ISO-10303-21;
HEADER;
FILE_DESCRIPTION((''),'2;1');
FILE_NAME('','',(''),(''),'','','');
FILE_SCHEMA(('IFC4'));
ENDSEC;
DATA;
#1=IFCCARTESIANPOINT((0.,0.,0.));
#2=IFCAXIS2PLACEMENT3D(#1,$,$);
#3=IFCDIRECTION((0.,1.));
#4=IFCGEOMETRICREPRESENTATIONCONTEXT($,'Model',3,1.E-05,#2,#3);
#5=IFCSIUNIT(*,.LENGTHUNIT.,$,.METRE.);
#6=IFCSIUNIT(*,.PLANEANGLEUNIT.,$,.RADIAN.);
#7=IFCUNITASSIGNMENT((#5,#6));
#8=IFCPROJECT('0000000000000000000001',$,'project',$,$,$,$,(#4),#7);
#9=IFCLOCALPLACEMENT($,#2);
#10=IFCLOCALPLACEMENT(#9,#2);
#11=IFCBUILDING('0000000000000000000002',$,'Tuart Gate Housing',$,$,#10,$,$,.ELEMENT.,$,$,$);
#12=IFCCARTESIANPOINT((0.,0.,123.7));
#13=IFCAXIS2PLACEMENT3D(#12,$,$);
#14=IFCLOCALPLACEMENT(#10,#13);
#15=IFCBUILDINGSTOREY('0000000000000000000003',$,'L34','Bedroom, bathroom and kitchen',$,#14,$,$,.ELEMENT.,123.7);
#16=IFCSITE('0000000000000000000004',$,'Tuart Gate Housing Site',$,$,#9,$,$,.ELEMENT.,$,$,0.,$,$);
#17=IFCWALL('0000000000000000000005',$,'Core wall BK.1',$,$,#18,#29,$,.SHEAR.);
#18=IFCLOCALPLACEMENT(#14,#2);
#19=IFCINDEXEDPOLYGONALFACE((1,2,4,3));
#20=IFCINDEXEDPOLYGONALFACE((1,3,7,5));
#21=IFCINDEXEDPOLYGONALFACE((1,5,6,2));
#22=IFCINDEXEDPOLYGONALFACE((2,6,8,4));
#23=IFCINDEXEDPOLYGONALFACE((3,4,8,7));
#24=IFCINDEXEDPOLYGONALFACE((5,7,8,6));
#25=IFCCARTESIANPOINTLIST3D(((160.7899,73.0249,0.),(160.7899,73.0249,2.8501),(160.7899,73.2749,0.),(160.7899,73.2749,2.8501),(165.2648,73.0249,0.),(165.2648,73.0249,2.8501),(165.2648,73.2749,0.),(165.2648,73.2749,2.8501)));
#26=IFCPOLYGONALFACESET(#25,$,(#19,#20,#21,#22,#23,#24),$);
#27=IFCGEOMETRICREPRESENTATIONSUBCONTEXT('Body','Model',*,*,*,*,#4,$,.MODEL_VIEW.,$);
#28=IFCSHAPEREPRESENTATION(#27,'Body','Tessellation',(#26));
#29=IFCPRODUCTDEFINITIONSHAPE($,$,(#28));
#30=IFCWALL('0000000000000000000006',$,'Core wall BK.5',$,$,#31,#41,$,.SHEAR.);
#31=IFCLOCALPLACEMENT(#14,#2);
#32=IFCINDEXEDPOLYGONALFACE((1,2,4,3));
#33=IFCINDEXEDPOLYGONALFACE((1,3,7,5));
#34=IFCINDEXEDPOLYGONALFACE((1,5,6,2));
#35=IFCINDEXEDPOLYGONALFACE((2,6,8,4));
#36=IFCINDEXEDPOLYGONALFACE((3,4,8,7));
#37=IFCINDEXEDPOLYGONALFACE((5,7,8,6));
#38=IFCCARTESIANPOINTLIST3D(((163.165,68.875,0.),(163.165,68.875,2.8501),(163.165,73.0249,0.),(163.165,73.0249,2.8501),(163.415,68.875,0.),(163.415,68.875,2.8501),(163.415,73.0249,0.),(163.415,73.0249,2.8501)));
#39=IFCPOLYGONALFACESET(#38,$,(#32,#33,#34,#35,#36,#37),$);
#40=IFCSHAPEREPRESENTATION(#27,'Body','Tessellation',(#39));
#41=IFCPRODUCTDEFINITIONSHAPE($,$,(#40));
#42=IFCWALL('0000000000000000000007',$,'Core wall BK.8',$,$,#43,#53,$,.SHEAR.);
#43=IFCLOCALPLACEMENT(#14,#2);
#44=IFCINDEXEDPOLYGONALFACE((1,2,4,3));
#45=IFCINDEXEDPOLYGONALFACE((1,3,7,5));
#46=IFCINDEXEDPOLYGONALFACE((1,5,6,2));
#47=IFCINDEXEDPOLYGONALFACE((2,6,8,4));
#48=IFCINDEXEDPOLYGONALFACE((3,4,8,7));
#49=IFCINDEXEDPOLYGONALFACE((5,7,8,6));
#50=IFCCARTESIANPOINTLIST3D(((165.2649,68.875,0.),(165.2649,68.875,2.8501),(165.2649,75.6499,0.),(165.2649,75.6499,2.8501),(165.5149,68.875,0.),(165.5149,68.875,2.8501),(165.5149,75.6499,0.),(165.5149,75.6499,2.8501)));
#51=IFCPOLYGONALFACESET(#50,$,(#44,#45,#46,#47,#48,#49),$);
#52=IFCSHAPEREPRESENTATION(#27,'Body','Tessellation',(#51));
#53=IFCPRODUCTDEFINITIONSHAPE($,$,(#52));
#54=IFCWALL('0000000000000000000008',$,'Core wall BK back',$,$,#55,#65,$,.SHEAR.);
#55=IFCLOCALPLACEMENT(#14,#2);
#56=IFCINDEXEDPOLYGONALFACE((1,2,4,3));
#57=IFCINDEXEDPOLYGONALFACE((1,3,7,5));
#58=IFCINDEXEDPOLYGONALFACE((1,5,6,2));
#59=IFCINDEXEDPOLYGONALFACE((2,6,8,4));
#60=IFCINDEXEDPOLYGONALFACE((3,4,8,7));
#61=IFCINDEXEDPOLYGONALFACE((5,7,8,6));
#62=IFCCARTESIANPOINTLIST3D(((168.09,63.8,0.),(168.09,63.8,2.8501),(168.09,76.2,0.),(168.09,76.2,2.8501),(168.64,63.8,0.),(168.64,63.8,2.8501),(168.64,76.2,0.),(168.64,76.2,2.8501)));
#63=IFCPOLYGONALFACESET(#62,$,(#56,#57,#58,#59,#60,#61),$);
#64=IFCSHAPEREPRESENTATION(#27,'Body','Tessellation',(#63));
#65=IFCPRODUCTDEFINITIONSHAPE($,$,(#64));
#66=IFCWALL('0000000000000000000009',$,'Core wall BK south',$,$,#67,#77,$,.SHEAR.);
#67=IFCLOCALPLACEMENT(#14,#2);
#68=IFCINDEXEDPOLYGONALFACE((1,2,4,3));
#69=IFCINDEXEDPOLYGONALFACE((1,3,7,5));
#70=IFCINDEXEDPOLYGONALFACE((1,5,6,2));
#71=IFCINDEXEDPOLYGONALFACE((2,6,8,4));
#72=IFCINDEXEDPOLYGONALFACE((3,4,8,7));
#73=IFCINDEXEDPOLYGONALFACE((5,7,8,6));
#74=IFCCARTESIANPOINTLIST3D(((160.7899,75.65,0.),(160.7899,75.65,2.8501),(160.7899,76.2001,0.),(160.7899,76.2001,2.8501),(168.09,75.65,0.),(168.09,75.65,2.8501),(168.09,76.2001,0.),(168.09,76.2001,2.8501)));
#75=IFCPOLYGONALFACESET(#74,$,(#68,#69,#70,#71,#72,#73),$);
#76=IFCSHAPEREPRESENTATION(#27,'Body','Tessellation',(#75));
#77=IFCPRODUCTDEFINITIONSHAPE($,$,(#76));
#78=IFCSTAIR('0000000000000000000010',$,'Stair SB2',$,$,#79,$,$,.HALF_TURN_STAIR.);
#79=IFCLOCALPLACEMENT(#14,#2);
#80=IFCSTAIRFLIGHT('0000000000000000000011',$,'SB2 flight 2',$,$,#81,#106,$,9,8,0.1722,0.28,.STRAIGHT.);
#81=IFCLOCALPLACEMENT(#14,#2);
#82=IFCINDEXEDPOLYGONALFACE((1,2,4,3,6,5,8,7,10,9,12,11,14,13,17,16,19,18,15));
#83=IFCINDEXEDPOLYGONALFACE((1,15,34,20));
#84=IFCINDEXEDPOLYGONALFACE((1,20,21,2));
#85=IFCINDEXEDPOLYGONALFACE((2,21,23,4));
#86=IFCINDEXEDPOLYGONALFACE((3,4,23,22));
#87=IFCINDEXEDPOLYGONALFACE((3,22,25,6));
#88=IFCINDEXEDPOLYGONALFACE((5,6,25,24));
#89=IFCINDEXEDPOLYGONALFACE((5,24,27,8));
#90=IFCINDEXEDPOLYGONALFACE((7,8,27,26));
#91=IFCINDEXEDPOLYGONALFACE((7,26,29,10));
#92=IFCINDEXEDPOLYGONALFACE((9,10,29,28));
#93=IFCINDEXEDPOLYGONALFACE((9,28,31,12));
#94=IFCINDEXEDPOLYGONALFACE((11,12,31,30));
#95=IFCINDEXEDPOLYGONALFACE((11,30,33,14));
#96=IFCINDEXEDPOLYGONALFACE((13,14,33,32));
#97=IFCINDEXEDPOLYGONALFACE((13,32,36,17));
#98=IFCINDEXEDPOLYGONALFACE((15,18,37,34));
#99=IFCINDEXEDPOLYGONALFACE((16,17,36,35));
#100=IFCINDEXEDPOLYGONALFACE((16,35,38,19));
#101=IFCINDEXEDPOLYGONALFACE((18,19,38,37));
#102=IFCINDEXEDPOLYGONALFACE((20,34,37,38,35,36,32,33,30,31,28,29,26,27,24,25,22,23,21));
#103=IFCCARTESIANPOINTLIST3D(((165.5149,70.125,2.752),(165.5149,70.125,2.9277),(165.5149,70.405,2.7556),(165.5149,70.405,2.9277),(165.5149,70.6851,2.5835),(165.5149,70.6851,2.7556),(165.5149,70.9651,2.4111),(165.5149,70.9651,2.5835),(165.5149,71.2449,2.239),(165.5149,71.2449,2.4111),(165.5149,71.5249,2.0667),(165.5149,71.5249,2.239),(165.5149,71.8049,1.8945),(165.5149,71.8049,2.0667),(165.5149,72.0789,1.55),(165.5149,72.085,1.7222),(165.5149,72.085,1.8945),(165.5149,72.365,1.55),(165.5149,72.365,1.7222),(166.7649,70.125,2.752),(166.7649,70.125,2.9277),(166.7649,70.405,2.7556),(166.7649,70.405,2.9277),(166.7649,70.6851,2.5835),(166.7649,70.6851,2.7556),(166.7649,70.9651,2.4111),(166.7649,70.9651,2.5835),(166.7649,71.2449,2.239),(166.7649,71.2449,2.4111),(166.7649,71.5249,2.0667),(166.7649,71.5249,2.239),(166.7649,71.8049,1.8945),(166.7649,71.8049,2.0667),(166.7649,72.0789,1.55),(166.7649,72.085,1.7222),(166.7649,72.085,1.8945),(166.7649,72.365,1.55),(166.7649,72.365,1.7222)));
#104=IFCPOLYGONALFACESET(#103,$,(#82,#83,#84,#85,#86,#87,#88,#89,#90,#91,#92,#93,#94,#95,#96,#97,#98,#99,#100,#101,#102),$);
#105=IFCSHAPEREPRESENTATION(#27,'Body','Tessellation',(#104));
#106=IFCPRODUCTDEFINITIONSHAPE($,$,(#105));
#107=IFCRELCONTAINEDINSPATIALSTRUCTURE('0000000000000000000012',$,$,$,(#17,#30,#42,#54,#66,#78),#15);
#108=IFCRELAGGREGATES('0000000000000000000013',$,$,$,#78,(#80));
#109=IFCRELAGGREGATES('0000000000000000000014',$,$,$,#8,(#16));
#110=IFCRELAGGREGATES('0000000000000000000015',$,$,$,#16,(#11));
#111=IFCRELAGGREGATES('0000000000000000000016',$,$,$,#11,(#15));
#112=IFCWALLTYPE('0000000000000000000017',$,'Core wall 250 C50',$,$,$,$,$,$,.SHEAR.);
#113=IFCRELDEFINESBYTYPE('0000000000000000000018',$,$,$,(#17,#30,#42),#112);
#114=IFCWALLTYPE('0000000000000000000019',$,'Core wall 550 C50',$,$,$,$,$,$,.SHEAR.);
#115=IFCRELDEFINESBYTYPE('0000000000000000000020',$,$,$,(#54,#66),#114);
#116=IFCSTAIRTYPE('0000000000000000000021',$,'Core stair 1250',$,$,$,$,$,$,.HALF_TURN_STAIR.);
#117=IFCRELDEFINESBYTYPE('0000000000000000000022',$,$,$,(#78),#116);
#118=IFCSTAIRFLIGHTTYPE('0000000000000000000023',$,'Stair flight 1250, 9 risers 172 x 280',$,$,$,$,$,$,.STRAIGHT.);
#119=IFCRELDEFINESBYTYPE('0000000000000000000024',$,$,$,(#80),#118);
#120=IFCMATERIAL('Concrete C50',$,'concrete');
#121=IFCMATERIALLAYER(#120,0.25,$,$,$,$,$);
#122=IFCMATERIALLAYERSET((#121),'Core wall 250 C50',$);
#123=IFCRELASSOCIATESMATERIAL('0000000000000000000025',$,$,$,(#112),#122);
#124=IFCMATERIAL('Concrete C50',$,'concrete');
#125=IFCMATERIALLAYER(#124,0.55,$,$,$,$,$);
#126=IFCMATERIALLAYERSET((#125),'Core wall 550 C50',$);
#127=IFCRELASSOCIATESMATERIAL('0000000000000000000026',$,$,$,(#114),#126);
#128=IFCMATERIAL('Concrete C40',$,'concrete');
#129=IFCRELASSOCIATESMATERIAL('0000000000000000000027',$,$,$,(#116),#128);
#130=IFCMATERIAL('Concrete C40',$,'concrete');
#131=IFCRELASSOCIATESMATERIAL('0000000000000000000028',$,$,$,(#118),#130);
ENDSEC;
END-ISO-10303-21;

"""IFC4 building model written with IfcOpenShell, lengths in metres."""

from ifc_helpers import new_model, si_unit, direction, frame, frame_2d, origin, place, context, subcontext, project, spatial, polyline, rectangle, outline, extrude, material, layer, layer_set, type_object, element, aggregate, save


model = new_model("IFC4")

# Units and contexts
model_context = context("Model", 3, precision=1e-05, world=origin(), true_north=direction((0.0, 1.0)))
body_context = subcontext(model_context, "Body", "Model", "MODEL_VIEW")
ifc_project = project(units=[si_unit("LENGTHUNIT", "METRE"), si_unit("PLANEANGLEUNIT", "RADIAN")], contexts=[model_context])

# Site, building, storey
site_placement = place(None, origin())
site = spatial("IfcSite", under=ifc_project, at=site_placement, Name="Tuart Gate Housing Site", CompositionType="ELEMENT", RefElevation=0.0)
building_placement = place(site_placement, origin())
building = spatial("IfcBuilding", under=site, at=building_placement, Name="Tuart Gate Housing", CompositionType="ELEMENT")
storey_placement = place(building_placement, frame((0.0, 0.0, 123.7)))
storey = spatial("IfcBuildingStorey", under=building, at=storey_placement, Name="L34", Description="Bedroom, bathroom and kitchen", CompositionType="ELEMENT", Elevation=123.7)

# Walls
ifc_material_1 = material(Name="Concrete C50", Category="concrete")
ifc_layer_1 = layer(ifc_material_1, 0.25)
ifc_layer_set_1 = layer_set([ifc_layer_1], Name="Core wall 250 C50")
wall_type_1 = type_object("IfcWallType", Name="Core wall 250 C50", PredefinedType="SHEAR", material=ifc_layer_set_1)
wall_1_placement = place(storey_placement, frame((160.79, 73.1499, 0.0), z_axis=(0.0, 0.0, 1.0), x_axis=(1.0, 0.0, 0.0)))
element("IfcWall", 1, at=wall_1_placement, inside=storey, type_object=wall_type_1, Name="Core wall BK.1", PredefinedType="SHEAR", context=body_context, shape_type="SweptSolid", body=[
    extrude(rectangle(XDim=4.4749, YDim=0.25, at=frame_2d((2.2373, 0.0))), origin(), (0.0, 0.0, 1.0), 2.8501),
])
wall_2_placement = place(storey_placement, frame((163.29, 73.0249, 0.0), z_axis=(0.0, 0.0, 1.0), x_axis=(0.0, -1.0, 0.0)))
element("IfcWall", 2, at=wall_2_placement, inside=storey, type_object=wall_type_1, Name="Core wall BK.5", PredefinedType="SHEAR", context=body_context, shape_type="SweptSolid", body=[
    extrude(rectangle(XDim=4.1499, YDim=0.25, at=frame_2d((2.075, 0.0))), origin(), (0.0, 0.0, 1.0), 2.8501),
])
wall_3_placement = place(storey_placement, frame((165.3899, 75.6499, 0.0), z_axis=(0.0, 0.0, 1.0), x_axis=(0.0, -1.0, 0.0)))
element("IfcWall", 3, at=wall_3_placement, inside=storey, type_object=wall_type_1, Name="Core wall BK.8", PredefinedType="SHEAR", context=body_context, shape_type="SweptSolid", body=[
    extrude(rectangle(XDim=6.7749, YDim=0.25, at=frame_2d((3.3875, 0.0))), origin(), (0.0, 0.0, 1.0), 2.8501),
])
ifc_material_2 = material(Name="Concrete C50", Category="concrete")
ifc_layer_2 = layer(ifc_material_2, 0.55)
ifc_layer_set_2 = layer_set([ifc_layer_2], Name="Core wall 550 C50")
wall_type_2 = type_object("IfcWallType", Name="Core wall 550 C50", PredefinedType="SHEAR", material=ifc_layer_set_2)
wall_4_placement = place(storey_placement, frame((168.365, 76.2, 0.0), z_axis=(0.0, 0.0, 1.0), x_axis=(0.0, -1.0, 0.0)))
element("IfcWall", 4, at=wall_4_placement, inside=storey, type_object=wall_type_2, Name="Core wall BK back", PredefinedType="SHEAR", context=body_context, shape_type="SweptSolid", body=[
    extrude(rectangle(XDim=12.3999, YDim=0.55, at=frame_2d((6.2, 0.0))), origin(), (0.0, 0.0, 1.0), 2.8501),
])
wall_5_placement = place(storey_placement, frame((160.79, 75.925, 0.0), z_axis=(0.0, 0.0, 1.0), x_axis=(1.0, 0.0, 0.0)))
element("IfcWall", 5, at=wall_5_placement, inside=storey, type_object=wall_type_2, Name="Core wall BK south", PredefinedType="SHEAR", context=body_context, shape_type="SweptSolid", body=[
    extrude(rectangle(XDim=7.3, YDim=0.55, at=frame_2d((3.6499, 0.0))), origin(), (0.0, 0.0, 1.0), 2.8501),
])

# Stair, stair flight
ifc_material_3 = material(Name="Concrete C40", Category="concrete")
stair_type = type_object("IfcStairType", Name="Core stair 1250", PredefinedType="HALF_TURN_STAIR", material=ifc_material_3)
stair_placement = place(storey_placement, origin())
stair = element("IfcStair", 6, at=stair_placement, inside=storey, type_object=stair_type, Name="Stair SB2", PredefinedType="HALF_TURN_STAIR")
ifc_material_4 = material(Name="Concrete C40", Category="concrete")
stair_flight_type = type_object("IfcStairFlightType", Name="Stair flight 1250, 9 risers 172 x 280", PredefinedType="STRAIGHT", material=ifc_material_4)
stair_flight_placement = place(storey_placement, frame((166.1399, 72.365, 1.55), z_axis=(0.0, 0.0, 1.0), x_axis=(0.0, -1.0, 0.0)))
stair_flight = element("IfcStairFlight", 7, at=stair_flight_placement, type_object=stair_flight_type, Name="SB2 flight 2", NumberOfRisers=9, NumberOfTreads=8, PredefinedType="STRAIGHT", RiserHeight=0.1722, TreadLength=0.28, context=body_context, shape_type="SweptSolid", body=[
    extrude(outline(polyline([(0.0, 0.0), (0.0, 0.1721), (0.28, 0.1721), (0.28, 0.3445), (0.5601, 0.3445), (0.5601, 0.5166), (0.8401, 0.5166), (0.8401, 0.689), (1.1201, 0.689), (1.1201, 0.8611), (1.3999, 0.8611), (1.3999, 1.0334), (1.6799, 1.0334), (1.6799, 1.2056), (1.96, 1.2056), (1.96, 1.3777), (2.24, 1.3777), (2.24, 1.55), (2.24, 1.2019), (0.2861, 0.0), (0.0, 0.0)])), frame((0.0, 0.625, 0.0), z_axis=(0.0, -1.0, 0.0), x_axis=(1.0, 0.0, 0.0)), (0.0, 0.0, 1.0), 1.25),
])
aggregate(stair, [stair_flight])

save(model, "model.ifc")
